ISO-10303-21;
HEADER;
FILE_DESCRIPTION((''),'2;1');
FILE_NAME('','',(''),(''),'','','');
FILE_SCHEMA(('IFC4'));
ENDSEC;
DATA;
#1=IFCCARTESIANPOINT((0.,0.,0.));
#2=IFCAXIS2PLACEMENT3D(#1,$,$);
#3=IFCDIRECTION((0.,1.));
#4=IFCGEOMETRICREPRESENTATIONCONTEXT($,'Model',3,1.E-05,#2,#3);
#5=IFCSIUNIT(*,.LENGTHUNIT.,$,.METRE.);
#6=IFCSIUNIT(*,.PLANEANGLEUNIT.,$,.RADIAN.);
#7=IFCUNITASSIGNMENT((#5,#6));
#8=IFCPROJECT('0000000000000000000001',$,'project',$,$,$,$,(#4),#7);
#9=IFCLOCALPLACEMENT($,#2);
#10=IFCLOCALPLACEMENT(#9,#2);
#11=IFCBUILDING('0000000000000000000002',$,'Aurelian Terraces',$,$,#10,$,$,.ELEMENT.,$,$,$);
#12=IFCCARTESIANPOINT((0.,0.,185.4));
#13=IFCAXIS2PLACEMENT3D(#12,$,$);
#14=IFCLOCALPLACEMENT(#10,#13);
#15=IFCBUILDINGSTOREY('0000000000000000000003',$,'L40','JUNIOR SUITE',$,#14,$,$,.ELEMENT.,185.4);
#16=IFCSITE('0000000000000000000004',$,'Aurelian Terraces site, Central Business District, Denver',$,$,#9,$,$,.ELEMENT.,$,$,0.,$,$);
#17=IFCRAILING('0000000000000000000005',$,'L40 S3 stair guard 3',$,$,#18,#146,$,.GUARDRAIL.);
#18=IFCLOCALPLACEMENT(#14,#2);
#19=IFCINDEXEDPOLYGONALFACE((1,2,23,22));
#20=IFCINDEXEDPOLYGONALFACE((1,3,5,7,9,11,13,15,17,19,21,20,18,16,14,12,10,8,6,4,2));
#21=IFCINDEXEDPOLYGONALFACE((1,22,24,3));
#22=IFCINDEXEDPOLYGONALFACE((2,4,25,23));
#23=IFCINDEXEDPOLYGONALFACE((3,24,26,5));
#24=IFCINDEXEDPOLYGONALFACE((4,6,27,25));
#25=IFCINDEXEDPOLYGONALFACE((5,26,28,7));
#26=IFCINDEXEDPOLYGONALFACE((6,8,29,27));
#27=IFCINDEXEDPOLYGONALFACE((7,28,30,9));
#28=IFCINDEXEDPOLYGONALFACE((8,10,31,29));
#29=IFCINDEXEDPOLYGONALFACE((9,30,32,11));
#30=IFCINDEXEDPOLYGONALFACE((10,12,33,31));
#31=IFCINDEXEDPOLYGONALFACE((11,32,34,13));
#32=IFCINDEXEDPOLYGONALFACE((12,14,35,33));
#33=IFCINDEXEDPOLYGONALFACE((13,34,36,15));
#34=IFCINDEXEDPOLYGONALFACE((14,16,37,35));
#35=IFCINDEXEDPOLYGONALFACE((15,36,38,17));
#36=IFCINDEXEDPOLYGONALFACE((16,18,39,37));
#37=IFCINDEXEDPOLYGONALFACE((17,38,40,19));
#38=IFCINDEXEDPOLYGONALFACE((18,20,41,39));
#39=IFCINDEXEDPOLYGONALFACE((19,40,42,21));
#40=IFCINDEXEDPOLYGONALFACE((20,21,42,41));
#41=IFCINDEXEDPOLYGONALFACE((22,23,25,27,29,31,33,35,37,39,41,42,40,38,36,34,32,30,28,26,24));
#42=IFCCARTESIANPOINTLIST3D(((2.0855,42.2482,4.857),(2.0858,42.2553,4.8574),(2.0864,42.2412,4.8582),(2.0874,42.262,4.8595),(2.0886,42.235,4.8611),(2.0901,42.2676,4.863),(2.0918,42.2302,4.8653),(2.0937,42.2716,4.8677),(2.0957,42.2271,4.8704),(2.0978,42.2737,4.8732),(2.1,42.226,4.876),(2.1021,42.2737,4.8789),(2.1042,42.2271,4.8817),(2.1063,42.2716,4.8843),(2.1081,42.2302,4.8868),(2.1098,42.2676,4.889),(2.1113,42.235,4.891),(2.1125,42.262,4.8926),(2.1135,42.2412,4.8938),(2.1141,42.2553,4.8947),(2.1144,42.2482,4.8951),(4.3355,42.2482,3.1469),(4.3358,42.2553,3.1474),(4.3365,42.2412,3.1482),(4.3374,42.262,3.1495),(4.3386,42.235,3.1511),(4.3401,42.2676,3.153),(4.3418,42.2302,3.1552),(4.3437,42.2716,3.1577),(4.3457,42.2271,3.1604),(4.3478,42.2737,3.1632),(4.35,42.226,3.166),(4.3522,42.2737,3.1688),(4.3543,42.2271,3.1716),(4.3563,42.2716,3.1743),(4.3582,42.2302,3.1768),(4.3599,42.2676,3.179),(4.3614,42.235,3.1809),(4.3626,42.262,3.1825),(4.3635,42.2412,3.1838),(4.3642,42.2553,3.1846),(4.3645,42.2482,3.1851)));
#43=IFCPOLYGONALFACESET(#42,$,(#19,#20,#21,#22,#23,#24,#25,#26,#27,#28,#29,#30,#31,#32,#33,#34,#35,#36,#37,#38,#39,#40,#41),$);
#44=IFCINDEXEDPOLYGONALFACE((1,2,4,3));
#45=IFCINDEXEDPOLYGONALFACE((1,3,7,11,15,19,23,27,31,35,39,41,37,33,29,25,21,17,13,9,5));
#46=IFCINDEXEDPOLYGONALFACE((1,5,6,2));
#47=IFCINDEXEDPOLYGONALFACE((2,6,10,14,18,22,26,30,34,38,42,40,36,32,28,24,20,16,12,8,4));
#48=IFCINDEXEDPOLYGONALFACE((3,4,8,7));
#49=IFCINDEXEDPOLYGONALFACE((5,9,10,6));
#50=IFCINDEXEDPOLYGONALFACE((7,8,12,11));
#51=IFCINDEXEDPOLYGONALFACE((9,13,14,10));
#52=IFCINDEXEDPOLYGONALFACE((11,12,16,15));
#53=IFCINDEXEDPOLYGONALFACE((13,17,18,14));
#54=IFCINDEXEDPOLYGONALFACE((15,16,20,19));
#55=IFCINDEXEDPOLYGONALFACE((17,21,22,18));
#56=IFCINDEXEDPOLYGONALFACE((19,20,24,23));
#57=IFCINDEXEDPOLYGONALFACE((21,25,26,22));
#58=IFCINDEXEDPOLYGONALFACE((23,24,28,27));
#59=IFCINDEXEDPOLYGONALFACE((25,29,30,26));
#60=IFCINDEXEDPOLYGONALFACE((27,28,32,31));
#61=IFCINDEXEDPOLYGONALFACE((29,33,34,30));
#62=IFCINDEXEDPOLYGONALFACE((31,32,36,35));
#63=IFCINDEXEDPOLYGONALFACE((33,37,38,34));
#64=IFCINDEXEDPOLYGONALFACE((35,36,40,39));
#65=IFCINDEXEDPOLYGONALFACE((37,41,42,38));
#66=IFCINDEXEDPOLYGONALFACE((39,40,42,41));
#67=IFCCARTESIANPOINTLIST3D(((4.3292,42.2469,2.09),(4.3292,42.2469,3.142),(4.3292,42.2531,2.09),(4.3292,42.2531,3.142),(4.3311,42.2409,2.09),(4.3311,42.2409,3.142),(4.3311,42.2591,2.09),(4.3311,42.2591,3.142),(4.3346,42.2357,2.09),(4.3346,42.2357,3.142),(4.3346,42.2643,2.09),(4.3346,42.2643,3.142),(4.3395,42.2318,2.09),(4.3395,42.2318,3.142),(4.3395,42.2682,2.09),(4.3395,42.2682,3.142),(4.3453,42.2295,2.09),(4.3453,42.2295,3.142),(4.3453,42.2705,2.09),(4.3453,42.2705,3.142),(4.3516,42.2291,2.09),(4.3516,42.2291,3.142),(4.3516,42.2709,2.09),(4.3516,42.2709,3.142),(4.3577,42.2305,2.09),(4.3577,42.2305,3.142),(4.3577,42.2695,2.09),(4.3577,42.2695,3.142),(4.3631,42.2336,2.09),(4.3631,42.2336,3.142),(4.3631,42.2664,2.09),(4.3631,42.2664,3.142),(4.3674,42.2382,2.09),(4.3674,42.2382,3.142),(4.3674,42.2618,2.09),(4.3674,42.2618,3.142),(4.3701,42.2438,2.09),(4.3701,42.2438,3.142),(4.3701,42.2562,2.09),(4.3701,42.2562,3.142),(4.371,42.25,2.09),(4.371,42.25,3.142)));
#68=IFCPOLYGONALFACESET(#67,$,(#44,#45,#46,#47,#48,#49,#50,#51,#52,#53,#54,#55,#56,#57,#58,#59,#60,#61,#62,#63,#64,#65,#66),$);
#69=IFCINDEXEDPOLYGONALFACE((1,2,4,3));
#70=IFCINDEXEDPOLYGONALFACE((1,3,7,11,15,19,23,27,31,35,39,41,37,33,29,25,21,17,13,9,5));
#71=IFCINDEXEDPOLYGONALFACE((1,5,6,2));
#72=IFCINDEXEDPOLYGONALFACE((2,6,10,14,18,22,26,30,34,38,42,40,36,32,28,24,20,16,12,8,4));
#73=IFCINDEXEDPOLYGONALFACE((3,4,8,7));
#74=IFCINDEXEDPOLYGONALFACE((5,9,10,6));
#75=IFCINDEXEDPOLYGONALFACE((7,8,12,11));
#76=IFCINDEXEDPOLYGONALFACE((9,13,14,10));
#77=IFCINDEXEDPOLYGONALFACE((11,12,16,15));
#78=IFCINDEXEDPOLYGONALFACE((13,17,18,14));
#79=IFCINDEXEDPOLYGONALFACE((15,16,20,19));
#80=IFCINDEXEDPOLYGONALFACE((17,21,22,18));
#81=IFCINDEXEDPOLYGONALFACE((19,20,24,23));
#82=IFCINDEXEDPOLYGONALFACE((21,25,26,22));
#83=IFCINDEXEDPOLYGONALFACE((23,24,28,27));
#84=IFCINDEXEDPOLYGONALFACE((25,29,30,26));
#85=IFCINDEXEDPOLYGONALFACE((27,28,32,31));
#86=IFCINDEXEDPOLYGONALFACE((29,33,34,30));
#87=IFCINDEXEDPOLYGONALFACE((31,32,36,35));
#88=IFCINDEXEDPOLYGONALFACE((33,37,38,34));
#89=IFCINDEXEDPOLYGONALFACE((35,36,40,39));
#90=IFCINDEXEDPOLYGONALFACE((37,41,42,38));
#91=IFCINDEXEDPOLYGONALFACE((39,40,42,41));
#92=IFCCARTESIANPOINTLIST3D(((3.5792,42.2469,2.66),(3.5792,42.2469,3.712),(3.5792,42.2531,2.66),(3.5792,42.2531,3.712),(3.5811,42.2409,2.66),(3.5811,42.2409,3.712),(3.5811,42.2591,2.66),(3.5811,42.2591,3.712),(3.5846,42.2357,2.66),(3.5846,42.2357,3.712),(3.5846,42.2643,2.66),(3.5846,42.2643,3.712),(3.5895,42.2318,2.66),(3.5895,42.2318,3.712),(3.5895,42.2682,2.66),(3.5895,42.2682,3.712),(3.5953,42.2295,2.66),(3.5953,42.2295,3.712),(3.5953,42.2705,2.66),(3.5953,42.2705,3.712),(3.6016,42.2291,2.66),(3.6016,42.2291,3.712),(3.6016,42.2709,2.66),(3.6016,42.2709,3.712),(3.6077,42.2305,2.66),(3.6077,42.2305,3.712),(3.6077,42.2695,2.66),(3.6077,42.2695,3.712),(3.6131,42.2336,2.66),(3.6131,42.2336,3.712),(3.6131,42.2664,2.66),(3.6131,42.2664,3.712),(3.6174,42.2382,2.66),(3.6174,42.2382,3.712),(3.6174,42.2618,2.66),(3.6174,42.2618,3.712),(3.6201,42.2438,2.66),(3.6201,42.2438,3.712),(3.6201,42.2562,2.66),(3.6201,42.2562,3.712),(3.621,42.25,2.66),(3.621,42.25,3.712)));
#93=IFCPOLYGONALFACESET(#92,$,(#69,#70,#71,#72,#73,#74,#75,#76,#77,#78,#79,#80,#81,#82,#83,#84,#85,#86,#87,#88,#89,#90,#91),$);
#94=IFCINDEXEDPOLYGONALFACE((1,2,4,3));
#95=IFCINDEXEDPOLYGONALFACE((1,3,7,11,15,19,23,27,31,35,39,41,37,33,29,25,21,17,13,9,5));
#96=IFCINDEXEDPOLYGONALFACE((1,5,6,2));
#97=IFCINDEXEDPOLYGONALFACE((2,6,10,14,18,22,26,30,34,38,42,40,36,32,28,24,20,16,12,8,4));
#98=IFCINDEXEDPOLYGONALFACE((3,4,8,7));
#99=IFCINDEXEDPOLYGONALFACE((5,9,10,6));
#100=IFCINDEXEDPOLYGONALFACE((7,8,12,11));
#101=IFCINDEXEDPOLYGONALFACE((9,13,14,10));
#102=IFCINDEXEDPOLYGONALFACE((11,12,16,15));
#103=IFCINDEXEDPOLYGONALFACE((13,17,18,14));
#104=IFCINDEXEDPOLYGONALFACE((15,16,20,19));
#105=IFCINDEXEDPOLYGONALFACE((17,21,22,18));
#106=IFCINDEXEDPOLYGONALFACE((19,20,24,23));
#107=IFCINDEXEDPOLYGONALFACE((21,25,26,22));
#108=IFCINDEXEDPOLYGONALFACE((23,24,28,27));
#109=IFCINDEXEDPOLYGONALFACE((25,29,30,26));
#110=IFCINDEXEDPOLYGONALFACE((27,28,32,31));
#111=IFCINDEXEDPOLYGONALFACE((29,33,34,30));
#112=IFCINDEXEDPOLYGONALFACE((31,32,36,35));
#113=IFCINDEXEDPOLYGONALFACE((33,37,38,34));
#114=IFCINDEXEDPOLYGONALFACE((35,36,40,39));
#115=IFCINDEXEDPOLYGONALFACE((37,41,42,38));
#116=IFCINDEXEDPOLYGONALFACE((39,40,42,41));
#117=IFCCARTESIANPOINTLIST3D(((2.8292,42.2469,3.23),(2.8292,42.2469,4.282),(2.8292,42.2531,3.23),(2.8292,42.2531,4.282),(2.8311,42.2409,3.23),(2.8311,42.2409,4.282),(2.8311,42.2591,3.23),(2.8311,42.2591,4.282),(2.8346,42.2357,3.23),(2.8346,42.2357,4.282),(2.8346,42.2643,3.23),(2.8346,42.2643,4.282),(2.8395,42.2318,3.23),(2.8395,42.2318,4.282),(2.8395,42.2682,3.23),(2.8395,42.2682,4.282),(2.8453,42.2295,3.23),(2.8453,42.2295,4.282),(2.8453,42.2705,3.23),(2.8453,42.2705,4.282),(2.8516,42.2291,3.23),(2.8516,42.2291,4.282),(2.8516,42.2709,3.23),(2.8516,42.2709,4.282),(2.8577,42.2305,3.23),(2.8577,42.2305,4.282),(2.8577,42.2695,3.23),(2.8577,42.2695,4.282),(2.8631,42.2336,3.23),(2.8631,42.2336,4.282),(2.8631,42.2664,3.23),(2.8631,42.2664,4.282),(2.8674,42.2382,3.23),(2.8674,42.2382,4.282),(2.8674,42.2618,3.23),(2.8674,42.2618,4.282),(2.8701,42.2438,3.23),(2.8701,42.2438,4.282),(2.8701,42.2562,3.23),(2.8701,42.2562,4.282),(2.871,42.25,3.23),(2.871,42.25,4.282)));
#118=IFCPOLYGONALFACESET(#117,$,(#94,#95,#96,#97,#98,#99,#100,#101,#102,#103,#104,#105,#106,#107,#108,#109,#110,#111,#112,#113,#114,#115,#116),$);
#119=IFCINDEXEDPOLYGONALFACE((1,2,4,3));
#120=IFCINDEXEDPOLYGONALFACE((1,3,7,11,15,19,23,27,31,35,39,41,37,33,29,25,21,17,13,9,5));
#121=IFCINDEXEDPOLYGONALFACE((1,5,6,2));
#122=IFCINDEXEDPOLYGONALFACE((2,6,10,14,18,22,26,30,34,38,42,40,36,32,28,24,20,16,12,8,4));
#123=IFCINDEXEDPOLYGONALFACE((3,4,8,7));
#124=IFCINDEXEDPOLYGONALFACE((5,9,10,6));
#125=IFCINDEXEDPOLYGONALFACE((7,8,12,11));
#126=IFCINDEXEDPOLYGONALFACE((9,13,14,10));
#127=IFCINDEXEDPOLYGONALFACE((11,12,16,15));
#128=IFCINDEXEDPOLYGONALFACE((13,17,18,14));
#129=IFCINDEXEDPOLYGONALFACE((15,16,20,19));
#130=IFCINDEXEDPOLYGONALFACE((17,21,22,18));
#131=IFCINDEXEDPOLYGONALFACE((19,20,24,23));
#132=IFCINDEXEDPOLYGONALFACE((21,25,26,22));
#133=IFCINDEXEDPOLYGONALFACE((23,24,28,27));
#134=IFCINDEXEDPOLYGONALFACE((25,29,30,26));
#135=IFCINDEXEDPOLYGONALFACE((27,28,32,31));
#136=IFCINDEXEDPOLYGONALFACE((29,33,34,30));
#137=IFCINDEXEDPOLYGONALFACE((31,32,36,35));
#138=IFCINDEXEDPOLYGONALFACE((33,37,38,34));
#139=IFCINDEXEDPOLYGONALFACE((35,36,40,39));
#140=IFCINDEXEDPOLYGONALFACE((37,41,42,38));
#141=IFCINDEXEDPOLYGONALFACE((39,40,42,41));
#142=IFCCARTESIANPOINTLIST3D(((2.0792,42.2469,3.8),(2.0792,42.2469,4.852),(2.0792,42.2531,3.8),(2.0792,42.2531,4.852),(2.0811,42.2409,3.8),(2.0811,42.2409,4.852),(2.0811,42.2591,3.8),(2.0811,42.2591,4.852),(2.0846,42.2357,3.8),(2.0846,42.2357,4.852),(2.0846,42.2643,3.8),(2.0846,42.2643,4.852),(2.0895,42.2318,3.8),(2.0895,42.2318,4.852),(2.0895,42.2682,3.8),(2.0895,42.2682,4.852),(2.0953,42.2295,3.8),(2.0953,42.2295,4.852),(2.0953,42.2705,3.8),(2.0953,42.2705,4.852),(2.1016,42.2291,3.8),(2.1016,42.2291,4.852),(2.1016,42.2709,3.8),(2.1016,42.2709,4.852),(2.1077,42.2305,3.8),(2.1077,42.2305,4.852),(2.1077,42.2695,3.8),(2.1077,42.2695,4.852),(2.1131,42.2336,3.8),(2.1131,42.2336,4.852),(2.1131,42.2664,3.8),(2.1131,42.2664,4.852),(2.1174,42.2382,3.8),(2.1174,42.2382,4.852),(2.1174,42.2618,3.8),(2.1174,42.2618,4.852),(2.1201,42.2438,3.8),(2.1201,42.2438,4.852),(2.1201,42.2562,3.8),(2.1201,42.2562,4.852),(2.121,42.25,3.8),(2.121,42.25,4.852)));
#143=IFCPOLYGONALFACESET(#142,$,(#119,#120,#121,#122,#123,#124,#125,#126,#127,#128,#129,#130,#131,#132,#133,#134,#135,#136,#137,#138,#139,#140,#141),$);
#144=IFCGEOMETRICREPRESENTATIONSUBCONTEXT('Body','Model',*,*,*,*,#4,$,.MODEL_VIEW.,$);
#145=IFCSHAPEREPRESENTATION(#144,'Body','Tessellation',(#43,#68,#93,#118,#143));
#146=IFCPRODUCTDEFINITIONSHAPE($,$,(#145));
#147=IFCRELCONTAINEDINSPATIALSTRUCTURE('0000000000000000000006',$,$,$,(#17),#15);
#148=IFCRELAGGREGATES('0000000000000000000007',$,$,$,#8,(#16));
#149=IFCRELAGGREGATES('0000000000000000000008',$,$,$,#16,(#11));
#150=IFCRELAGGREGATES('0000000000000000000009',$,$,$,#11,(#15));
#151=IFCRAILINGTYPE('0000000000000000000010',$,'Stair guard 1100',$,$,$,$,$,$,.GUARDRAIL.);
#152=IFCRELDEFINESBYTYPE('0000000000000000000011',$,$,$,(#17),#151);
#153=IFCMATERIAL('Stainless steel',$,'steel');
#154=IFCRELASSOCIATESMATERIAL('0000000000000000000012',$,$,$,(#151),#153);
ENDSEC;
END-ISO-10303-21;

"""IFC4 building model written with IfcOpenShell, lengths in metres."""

from ifc_helpers import new_model, si_unit, direction, frame, origin, origin_2d, place, context, subcontext, project, spatial, circle, extrude, source, transform, mapped, material, type_object, element, save


model = new_model("IFC4")

# Units and contexts
model_context = context("Model", 3, precision=1e-05, world=origin(), true_north=direction((0.0, 1.0)))
body_context = subcontext(model_context, "Body", "Model", "MODEL_VIEW")
ifc_project = project(units=[si_unit("LENGTHUNIT", "METRE"), si_unit("PLANEANGLEUNIT", "RADIAN")], contexts=[model_context])

# Site, building, storey
site_placement = place(None, origin())
site = spatial("IfcSite", under=ifc_project, at=site_placement, Name="Aurelian Terraces site, Central Business District, Denver", CompositionType="ELEMENT", RefElevation=0.0)
building_placement = place(site_placement, origin())
building = spatial("IfcBuilding", under=site, at=building_placement, Name="Aurelian Terraces", CompositionType="ELEMENT")
storey_placement = place(building_placement, frame((0.0, 0.0, 185.4)))
storey = spatial("IfcBuildingStorey", under=building, at=storey_placement, Name="L40", Description="JUNIOR SUITE", CompositionType="ELEMENT", Elevation=185.4)

# Railing
ifc_material_1 = material(Name="Stainless steel", Category="steel")
railing_type_1 = type_object("IfcRailingType", Name="Stair guard 1100", PredefinedType="GUARDRAIL", material=ifc_material_1)
shared_shape_1 = source(origin(), body_context, "Body", "SweptSolid", [
    extrude(circle(Radius=0.024, at=origin_2d()), frame((0.0, 0.0, 1.076), z_axis=(-0.796162, 0.0, 0.605083), x_axis=(0.0, -1.0, 0.0)), (0.0, 0.0, 1.0), 2.8261),
    extrude(circle(Radius=0.021, at=origin_2d()), origin(), (0.0, 0.0, 1.0), 1.052),
    extrude(circle(Radius=0.021, at=origin_2d()), frame((-0.75, 0.0, 0.57)), (0.0, 0.0, 1.0), 1.052),
    extrude(circle(Radius=0.021, at=origin_2d()), frame((-1.5, 0.0, 1.14)), (0.0, 0.0, 1.0), 1.052),
    extrude(circle(Radius=0.021, at=origin_2d()), frame((-2.25, 0.0, 1.71)), (0.0, 0.0, 1.0), 1.052),
])
railing_1_placement = place(storey_placement, frame((4.35, 42.25, 2.09)))
element("IfcRailing", 1, at=railing_1_placement, inside=storey, type_object=railing_type_1, Name="L40 S3 stair guard 3", PredefinedType="GUARDRAIL", context=body_context, shape_type="MappedRepresentation", body=[
    mapped(shared_shape_1, transform((0.0, 0.0, 0.0), scale=1.0)),
])

save(model, "model.ifc")
